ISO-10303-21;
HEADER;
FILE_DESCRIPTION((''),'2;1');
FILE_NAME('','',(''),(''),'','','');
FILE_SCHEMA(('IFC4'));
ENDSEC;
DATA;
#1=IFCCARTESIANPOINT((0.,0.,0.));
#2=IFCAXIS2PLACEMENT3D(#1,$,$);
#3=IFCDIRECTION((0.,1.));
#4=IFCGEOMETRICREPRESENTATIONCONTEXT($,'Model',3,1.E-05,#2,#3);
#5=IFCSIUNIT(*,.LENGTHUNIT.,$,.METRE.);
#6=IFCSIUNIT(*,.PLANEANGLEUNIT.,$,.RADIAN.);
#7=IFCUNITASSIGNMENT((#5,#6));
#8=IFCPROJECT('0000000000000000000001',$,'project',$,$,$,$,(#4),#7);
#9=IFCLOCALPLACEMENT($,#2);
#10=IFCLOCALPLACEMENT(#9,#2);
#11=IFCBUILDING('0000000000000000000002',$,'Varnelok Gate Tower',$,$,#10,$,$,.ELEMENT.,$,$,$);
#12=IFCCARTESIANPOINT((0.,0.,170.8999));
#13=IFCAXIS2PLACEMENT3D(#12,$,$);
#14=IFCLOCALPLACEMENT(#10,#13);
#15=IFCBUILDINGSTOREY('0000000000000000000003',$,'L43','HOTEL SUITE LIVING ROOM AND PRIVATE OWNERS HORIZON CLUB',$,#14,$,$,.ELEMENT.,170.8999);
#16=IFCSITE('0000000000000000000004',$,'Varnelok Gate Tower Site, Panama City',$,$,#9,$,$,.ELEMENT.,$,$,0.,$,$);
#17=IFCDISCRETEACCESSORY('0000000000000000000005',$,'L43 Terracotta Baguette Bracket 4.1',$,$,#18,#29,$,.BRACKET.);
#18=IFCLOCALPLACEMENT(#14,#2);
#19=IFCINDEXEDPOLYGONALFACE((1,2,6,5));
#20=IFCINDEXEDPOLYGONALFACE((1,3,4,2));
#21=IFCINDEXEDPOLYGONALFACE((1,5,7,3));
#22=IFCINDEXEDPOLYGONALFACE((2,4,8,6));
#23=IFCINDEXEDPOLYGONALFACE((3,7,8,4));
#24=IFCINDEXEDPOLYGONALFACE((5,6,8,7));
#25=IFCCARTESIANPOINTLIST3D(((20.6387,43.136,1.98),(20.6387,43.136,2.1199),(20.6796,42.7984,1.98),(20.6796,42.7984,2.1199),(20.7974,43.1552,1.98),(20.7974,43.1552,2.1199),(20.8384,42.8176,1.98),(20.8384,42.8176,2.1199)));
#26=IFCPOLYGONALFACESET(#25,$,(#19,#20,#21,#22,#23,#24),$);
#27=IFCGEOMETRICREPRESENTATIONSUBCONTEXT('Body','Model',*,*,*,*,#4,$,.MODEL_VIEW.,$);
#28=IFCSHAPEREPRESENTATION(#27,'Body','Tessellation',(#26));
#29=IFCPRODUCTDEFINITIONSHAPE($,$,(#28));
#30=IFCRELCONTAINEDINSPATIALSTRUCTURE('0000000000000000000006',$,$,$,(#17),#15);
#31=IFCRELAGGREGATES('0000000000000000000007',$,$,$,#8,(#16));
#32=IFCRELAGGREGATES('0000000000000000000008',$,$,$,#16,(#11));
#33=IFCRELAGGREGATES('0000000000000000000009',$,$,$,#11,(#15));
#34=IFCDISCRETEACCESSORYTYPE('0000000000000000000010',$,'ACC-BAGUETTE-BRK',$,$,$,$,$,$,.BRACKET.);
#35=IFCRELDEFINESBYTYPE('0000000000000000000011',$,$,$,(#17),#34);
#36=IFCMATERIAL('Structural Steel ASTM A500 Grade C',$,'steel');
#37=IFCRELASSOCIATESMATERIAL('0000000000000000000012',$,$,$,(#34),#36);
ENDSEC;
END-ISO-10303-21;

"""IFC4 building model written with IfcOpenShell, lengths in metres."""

from ifc_helpers import new_model, si_unit, direction, frame, origin, origin_2d, place, context, subcontext, project, spatial, rectangle, extrude, source, transform, mapped, material, type_object, element, save


model = new_model("IFC4")

# Units and contexts
model_context = context("Model", 3, precision=1e-05, world=origin(), true_north=direction((0.0, 1.0)))
body_context = subcontext(model_context, "Body", "Model", "MODEL_VIEW")
ifc_project = project(units=[si_unit("LENGTHUNIT", "METRE"), si_unit("PLANEANGLEUNIT", "RADIAN")], contexts=[model_context])

# Site, building, storey
site_placement = place(None, origin())
site = spatial("IfcSite", under=ifc_project, at=site_placement, Name="Varnelok Gate Tower Site, Panama City", CompositionType="ELEMENT", RefElevation=0.0)
building_placement = place(site_placement, origin())
building = spatial("IfcBuilding", under=site, at=building_placement, Name="Varnelok Gate Tower", CompositionType="ELEMENT")
storey_placement = place(building_placement, frame((0.0, 0.0, 170.8999)))
storey = spatial("IfcBuildingStorey", under=building, at=storey_placement, Name="L43", Description="HOTEL SUITE LIVING ROOM AND PRIVATE OWNERS HORIZON CLUB", CompositionType="ELEMENT", Elevation=170.8999)

# Discrete accessory
ifc_material_1 = material(Name="Structural Steel ASTM A500 Grade C", Category="steel")
discrete_accessory_type = type_object("IfcDiscreteAccessoryType", Name="ACC-BAGUETTE-BRK", PredefinedType="BRACKET", material=ifc_material_1)
shared_shape_1 = source(origin(), body_context, "Body", "SweptSolid", [
    extrude(rectangle(XDim=0.1599, YDim=0.3401, at=origin_2d()), origin(), (0.0, 0.0, 1.0), 0.1399),
])
discrete_accessory_placement = place(storey_placement, frame((20.7385, 42.9768, 1.98), z_axis=(0.0, 0.0, 1.0), x_axis=(0.992732, 0.120345, 0.0)))
element("IfcDiscreteAccessory", 1, at=discrete_accessory_placement, inside=storey, type_object=discrete_accessory_type, Name="L43 Terracotta Baguette Bracket 4.1", PredefinedType="BRACKET", context=body_context, shape_type="MappedRepresentation", body=[
    mapped(shared_shape_1, transform((0.0, 0.0, 0.0), scale=1.0)),
])

save(model, "model.ifc")
